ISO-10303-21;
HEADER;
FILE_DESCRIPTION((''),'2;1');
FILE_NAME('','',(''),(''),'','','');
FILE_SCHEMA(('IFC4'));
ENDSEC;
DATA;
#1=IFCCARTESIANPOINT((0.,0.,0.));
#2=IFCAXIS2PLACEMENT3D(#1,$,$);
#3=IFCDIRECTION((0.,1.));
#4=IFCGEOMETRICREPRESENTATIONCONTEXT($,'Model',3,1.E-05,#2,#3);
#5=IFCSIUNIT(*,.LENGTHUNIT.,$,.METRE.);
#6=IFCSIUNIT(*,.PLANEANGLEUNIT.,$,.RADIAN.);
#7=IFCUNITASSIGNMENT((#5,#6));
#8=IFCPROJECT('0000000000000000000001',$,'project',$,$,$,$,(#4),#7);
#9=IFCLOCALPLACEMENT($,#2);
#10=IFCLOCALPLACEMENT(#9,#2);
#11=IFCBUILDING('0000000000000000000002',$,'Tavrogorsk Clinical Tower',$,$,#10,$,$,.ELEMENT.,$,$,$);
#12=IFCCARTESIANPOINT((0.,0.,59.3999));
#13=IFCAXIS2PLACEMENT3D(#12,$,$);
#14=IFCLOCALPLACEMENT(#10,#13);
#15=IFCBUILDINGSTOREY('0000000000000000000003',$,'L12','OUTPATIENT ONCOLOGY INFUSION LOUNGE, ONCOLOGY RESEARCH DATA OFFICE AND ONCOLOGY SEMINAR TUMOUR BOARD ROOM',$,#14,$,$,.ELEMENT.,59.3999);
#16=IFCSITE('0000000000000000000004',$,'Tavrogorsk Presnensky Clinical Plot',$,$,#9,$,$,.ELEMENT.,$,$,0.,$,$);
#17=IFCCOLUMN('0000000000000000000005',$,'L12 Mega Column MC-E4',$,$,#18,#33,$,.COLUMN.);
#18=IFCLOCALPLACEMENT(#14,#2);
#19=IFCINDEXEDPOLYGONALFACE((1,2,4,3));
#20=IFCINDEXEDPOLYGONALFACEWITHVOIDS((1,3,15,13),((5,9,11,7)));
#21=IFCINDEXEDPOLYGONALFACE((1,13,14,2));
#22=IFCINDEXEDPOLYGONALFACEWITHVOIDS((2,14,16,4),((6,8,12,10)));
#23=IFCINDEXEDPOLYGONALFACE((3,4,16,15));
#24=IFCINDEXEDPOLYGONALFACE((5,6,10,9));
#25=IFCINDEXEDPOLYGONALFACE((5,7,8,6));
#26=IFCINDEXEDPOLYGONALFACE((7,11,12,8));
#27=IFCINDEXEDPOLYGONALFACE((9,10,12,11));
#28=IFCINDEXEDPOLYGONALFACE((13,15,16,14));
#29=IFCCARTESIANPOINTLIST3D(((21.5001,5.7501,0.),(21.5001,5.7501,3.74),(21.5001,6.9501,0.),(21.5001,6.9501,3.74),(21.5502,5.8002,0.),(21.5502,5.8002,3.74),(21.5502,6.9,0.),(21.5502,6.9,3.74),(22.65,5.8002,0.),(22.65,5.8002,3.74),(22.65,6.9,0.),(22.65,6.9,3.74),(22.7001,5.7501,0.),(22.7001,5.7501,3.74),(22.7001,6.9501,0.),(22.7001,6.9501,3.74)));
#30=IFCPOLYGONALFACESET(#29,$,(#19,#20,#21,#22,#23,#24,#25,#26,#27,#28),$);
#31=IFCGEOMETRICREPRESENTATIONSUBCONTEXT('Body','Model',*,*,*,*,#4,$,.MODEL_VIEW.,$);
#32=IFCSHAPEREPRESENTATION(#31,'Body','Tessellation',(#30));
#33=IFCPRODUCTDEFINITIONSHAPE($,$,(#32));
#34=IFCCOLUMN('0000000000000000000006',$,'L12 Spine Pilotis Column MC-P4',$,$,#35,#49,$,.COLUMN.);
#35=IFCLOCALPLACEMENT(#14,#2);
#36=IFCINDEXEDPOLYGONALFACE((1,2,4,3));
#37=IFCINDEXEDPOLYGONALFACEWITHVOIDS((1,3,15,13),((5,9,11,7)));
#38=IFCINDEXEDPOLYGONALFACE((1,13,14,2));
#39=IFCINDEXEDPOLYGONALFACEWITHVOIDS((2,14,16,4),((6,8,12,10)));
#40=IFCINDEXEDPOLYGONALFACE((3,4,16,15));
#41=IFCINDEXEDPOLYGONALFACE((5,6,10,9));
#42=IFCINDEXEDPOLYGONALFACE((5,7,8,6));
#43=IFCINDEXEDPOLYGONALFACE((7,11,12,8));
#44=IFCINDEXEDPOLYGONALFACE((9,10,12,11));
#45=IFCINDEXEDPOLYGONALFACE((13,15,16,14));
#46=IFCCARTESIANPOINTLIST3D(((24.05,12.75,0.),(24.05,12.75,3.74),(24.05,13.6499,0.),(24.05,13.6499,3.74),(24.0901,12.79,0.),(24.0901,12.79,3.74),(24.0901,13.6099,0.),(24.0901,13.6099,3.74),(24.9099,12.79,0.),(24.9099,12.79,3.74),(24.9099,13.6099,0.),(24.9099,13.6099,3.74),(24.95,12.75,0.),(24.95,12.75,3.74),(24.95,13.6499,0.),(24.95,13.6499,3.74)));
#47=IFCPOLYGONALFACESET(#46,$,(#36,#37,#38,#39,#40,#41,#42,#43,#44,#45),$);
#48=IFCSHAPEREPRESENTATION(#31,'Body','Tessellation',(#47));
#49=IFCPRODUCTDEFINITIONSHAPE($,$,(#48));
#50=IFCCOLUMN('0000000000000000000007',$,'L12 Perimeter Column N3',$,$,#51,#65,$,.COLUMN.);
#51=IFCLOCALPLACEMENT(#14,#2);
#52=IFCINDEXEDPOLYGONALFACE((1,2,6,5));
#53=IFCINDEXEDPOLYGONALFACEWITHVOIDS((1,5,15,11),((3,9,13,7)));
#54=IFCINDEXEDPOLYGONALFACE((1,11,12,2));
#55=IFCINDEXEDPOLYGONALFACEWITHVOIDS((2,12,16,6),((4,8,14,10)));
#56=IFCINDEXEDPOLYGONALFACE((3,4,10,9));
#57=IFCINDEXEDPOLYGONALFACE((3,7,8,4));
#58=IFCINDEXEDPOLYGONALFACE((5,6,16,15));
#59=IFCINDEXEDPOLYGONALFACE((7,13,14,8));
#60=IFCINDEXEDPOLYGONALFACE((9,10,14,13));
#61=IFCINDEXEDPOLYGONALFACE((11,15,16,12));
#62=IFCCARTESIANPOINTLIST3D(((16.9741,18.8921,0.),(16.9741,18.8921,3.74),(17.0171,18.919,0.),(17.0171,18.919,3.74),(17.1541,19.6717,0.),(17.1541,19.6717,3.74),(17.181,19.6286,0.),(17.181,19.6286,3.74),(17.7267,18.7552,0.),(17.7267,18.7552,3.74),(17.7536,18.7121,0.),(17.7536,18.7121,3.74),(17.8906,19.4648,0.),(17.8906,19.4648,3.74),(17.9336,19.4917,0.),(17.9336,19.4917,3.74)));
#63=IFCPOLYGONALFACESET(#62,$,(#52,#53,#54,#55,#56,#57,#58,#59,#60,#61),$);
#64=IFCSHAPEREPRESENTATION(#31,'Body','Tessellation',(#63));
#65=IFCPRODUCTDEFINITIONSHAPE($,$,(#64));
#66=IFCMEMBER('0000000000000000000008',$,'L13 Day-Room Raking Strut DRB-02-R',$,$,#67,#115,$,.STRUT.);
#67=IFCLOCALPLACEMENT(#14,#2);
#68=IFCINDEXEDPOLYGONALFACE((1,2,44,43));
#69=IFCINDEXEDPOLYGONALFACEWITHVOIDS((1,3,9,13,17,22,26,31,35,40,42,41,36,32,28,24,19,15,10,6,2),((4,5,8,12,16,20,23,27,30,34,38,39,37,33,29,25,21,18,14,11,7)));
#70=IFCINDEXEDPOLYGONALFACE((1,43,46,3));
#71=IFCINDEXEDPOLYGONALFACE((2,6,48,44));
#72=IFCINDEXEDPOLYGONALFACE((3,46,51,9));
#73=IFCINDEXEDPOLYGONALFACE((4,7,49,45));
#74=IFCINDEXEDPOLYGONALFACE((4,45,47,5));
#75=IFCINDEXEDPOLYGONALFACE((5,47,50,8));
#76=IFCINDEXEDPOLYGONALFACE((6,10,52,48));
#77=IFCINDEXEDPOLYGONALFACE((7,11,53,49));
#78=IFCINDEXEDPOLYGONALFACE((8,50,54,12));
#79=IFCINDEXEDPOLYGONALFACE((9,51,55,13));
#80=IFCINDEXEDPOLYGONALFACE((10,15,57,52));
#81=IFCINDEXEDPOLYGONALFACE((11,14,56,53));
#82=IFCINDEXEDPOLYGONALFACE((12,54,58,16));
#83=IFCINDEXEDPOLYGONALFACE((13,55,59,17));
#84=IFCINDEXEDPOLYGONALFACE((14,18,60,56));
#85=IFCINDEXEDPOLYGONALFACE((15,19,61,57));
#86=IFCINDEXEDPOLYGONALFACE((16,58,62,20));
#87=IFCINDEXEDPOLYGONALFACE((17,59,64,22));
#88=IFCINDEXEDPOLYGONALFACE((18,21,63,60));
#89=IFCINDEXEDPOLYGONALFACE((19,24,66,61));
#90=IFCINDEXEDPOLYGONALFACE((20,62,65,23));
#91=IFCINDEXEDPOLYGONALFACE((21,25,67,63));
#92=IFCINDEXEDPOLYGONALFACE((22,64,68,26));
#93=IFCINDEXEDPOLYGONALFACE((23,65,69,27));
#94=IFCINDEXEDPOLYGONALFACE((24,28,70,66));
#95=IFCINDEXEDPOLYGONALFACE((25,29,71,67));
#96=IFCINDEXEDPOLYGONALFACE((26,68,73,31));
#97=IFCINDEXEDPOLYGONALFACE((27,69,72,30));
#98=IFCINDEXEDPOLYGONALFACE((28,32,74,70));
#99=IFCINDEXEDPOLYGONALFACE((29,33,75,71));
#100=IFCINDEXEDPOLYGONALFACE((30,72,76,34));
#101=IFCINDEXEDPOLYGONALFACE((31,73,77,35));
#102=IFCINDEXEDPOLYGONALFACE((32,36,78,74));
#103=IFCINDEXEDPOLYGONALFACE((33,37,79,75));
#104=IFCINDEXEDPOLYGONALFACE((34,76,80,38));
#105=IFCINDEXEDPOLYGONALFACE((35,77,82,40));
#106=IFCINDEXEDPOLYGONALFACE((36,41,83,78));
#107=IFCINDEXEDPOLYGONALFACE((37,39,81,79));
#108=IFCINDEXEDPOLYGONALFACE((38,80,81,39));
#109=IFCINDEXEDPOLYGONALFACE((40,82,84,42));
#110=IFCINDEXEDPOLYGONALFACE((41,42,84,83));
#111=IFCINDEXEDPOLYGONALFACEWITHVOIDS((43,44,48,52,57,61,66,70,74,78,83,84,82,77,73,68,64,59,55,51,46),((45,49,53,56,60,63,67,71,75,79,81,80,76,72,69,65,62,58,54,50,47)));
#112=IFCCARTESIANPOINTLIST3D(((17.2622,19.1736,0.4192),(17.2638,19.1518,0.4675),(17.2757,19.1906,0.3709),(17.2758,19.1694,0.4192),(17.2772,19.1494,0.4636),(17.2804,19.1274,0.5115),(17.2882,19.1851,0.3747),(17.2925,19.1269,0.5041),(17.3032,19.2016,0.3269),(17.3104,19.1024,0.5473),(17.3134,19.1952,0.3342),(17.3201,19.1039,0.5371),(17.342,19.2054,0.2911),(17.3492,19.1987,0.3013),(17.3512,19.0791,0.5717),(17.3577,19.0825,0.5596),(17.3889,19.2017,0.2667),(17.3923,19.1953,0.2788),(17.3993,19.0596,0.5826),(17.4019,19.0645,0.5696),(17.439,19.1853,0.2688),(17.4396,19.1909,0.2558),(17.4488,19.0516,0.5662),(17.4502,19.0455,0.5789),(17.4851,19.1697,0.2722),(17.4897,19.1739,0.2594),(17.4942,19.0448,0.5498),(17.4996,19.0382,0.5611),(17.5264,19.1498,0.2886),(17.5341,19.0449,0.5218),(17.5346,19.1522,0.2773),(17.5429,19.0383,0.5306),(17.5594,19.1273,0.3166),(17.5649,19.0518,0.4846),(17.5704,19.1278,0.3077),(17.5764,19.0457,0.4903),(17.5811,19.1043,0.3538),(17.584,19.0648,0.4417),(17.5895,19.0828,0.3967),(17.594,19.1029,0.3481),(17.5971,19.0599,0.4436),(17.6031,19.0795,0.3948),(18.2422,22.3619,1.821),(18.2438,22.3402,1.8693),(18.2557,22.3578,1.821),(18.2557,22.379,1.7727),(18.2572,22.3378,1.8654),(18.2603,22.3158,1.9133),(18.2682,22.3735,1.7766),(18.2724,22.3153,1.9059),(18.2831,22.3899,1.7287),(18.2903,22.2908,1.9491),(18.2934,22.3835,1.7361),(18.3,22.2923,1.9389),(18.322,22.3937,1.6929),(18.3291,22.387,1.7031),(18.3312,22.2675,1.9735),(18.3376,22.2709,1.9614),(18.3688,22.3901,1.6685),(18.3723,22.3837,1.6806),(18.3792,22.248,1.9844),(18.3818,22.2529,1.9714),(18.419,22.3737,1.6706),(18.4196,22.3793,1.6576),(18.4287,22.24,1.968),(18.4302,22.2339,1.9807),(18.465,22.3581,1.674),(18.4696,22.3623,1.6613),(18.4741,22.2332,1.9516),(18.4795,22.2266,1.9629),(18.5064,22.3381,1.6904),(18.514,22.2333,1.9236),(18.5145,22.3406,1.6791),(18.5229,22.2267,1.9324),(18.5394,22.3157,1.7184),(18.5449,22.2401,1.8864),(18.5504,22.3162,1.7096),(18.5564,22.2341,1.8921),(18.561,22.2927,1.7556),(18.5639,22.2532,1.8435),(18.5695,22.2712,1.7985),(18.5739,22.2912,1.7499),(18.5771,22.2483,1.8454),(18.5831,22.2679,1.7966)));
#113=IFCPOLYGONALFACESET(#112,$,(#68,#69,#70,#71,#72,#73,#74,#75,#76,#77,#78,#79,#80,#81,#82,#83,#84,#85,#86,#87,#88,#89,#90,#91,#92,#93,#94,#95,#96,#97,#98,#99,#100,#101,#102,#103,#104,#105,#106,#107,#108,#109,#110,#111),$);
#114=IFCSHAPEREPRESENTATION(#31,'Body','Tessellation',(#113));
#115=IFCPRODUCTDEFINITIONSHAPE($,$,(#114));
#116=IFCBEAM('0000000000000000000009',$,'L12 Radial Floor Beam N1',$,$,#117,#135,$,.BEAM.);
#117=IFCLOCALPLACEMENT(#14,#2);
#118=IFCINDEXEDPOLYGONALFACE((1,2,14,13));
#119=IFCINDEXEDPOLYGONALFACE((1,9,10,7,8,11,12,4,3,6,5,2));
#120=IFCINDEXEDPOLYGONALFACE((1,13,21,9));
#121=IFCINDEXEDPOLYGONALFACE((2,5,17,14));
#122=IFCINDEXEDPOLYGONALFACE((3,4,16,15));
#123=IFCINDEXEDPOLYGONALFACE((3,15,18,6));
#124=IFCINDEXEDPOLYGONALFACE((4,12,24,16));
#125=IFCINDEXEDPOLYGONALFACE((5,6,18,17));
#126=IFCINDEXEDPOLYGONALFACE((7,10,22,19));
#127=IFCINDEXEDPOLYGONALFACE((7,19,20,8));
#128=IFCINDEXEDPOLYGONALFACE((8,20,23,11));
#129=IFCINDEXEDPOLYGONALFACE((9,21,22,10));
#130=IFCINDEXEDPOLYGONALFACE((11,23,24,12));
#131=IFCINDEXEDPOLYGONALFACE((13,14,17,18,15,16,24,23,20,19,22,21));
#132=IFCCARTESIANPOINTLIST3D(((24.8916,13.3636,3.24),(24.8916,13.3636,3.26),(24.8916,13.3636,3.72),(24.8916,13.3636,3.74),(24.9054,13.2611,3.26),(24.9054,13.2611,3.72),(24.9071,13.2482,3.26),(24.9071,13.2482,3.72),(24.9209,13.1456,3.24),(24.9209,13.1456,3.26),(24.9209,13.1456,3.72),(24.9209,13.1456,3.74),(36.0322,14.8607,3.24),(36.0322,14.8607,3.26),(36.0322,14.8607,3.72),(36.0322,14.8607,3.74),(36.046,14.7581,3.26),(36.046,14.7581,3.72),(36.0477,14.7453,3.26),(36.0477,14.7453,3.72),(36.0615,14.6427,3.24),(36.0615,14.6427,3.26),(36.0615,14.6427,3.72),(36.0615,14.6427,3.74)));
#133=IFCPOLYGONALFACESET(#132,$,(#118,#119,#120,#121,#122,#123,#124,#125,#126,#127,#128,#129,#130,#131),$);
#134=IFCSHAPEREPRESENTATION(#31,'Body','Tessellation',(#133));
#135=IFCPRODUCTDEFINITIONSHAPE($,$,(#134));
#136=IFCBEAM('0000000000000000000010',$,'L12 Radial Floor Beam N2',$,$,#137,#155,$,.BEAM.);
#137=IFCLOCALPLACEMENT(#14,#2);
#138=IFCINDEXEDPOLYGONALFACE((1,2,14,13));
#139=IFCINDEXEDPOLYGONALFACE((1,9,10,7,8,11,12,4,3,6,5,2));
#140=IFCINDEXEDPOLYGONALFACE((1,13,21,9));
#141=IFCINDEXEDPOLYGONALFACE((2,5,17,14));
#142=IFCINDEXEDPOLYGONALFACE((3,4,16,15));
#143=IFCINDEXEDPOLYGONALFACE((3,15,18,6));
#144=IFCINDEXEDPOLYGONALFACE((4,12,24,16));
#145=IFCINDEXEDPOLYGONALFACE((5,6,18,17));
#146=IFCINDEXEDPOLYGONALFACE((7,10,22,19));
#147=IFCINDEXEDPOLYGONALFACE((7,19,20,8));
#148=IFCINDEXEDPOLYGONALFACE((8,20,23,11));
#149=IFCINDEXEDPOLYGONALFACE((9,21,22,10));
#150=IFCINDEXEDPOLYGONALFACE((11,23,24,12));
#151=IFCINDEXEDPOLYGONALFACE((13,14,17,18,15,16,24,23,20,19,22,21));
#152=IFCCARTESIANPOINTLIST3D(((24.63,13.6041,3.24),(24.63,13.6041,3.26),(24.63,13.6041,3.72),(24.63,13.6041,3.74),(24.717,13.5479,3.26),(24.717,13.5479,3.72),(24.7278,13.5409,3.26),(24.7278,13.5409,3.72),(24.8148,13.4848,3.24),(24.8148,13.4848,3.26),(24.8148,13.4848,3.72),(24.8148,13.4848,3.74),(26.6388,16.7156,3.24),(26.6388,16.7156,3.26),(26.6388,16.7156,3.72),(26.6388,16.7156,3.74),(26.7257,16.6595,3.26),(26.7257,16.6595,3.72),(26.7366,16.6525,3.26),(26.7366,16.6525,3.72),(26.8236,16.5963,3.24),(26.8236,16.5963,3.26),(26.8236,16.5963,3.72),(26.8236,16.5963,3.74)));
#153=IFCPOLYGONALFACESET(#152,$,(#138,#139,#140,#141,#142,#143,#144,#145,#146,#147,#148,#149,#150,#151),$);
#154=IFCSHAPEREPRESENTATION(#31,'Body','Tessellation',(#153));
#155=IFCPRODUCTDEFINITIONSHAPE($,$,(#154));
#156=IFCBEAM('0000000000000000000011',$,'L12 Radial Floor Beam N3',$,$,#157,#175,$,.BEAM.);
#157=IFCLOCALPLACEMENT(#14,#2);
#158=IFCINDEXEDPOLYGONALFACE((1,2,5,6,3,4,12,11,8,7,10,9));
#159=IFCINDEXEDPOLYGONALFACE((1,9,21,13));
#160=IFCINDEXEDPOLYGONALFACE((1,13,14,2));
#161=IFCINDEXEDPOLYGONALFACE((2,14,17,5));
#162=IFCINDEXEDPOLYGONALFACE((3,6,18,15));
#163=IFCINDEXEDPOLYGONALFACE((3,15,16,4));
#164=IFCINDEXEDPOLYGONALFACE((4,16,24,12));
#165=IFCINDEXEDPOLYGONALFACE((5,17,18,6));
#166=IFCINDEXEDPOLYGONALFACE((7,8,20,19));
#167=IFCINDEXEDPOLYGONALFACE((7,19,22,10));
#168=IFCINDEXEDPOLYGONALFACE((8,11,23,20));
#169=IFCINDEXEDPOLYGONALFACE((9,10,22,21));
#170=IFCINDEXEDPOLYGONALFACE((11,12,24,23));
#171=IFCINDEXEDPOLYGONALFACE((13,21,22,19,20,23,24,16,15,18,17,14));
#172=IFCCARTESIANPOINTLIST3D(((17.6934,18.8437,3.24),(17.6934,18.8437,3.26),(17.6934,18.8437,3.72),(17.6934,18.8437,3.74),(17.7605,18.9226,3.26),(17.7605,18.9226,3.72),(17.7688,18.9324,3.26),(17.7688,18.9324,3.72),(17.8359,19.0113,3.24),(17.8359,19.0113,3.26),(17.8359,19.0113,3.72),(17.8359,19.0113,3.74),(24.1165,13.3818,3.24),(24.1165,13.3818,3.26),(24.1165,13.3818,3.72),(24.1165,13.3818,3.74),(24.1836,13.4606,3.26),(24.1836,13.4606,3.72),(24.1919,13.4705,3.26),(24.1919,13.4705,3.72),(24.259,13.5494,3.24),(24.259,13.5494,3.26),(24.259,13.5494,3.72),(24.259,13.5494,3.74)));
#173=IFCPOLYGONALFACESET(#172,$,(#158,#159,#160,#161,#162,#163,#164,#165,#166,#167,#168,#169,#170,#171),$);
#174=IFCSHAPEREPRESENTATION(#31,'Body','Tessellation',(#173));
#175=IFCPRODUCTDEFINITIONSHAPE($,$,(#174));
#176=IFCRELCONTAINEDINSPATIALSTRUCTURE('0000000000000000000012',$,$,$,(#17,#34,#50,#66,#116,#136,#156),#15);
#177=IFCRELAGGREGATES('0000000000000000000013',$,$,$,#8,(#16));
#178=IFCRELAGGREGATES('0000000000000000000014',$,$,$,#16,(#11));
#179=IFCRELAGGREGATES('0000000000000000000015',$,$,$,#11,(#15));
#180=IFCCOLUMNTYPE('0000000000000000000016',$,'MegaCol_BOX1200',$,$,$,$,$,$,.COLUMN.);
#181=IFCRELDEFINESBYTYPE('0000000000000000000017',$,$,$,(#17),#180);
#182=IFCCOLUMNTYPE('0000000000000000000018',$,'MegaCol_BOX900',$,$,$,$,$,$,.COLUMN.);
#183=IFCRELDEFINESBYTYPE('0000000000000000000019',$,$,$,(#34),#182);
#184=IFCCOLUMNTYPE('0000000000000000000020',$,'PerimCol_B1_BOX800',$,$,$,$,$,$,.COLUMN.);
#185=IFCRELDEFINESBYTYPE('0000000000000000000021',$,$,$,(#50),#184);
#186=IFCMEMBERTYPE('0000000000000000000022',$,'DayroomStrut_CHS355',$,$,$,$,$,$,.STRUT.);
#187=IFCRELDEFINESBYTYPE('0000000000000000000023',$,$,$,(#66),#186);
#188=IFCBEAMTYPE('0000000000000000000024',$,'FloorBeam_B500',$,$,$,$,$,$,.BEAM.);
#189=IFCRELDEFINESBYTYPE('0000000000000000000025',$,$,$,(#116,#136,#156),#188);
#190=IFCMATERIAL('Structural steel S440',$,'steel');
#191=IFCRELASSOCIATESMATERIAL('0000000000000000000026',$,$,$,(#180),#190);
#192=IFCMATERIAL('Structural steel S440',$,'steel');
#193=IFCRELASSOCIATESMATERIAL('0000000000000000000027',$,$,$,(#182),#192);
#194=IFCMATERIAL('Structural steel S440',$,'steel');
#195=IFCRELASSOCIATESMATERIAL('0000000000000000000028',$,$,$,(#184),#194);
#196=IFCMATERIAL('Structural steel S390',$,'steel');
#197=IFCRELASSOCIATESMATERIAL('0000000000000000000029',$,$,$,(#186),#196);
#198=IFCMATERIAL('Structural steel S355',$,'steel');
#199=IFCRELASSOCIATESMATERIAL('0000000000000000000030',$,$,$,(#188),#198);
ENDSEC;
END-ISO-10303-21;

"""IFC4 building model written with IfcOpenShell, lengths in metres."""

from ifc_helpers import new_model, si_unit, direction, frame, origin, origin_2d, place, context, subcontext, project, spatial, hollow_rectangle, hollow_circle, i_section, extrude, material, material_profile, profile_set, type_object, element, save


model = new_model("IFC4")

# Units and contexts
model_context = context("Model", 3, precision=1e-05, world=origin(), true_north=direction((0.0, 1.0)))
body_context = subcontext(model_context, "Body", "Model", "MODEL_VIEW")
ifc_project = project(units=[si_unit("LENGTHUNIT", "METRE"), si_unit("PLANEANGLEUNIT", "RADIAN")], contexts=[model_context])

# Site, building, storey
site_placement = place(None, origin())
site = spatial("IfcSite", under=ifc_project, at=site_placement, Name="Tavrogorsk Presnensky Clinical Plot", CompositionType="ELEMENT", RefElevation=0.0)
building_placement = place(site_placement, origin())
building = spatial("IfcBuilding", under=site, at=building_placement, Name="Tavrogorsk Clinical Tower", CompositionType="ELEMENT")
storey_placement = place(building_placement, frame((0.0, 0.0, 59.3999)))
storey = spatial("IfcBuildingStorey", under=building, at=storey_placement, Name="L12", Description="OUTPATIENT ONCOLOGY INFUSION LOUNGE, ONCOLOGY RESEARCH DATA OFFICE AND ONCOLOGY SEMINAR TUMOUR BOARD ROOM", CompositionType="ELEMENT", Elevation=59.3999)

# Columns
ifc_material_1 = material(Name="Structural steel S440", Category="steel")
ifc_material_profile_1 = material_profile(ifc_material_1, hollow_rectangle(XDim=1.2, YDim=1.2, WallThickness=0.05, at=origin_2d()), Name="BOX-1200x1200x50")
ifc_profile_set_1 = profile_set([ifc_material_profile_1], Name="Structural steel S440")
column_type_1 = type_object("IfcColumnType", Name="MegaCol_BOX1200", PredefinedType="COLUMN", material=ifc_profile_set_1)
column_1_placement = place(storey_placement, frame((22.1001, 6.3501, 0.0), z_axis=(0.0, 0.0, 1.0), x_axis=(1.0, 0.0, 0.0)))
element("IfcColumn", 1, at=column_1_placement, inside=storey, type_object=column_type_1, Name="L12 Mega Column MC-E4", PredefinedType="COLUMN", context=body_context, shape_type="SweptSolid", body=[
    extrude(hollow_rectangle(XDim=1.2, YDim=1.2, WallThickness=0.05, at=origin_2d()), origin(), (0.0, 0.0, 1.0), 3.74),
])
ifc_material_2 = material(Name="Structural steel S440", Category="steel")
ifc_material_profile_2 = material_profile(ifc_material_2, hollow_rectangle(XDim=0.8999, YDim=0.8999, WallThickness=0.04, at=origin_2d()), Name="BOX-900x900x40")
ifc_profile_set_2 = profile_set([ifc_material_profile_2], Name="Structural steel S440")
column_type_2 = type_object("IfcColumnType", Name="MegaCol_BOX900", PredefinedType="COLUMN", material=ifc_profile_set_2)
column_2_placement = place(storey_placement, frame((24.5, 13.2, 0.0), z_axis=(0.0, 0.0, 1.0), x_axis=(1.0, 0.0, 0.0)))
element("IfcColumn", 2, at=column_2_placement, inside=storey, type_object=column_type_2, Name="L12 Spine Pilotis Column MC-P4", PredefinedType="COLUMN", context=body_context, shape_type="SweptSolid", body=[
    extrude(hollow_rectangle(XDim=0.8999, YDim=0.8999, WallThickness=0.04, at=origin_2d()), origin(), (0.0, 0.0, 1.0), 3.74),
])
ifc_material_3 = material(Name="Structural steel S440", Category="steel")
ifc_material_profile_3 = material_profile(ifc_material_3, hollow_rectangle(XDim=0.8, YDim=0.8, WallThickness=0.0359, at=origin_2d()), Name="BOX-800x800x36")
ifc_profile_set_3 = profile_set([ifc_material_profile_3], Name="Structural steel S440")
column_type_3 = type_object("IfcColumnType", Name="PerimCol_B1_BOX800", PredefinedType="COLUMN", material=ifc_profile_set_3)
column_3_placement = place(storey_placement, frame((17.4539, 19.1919, 0.0), z_axis=(0.0, 0.0, 1.0), x_axis=(0.97437, -0.224951, 0.0)))
element("IfcColumn", 3, at=column_3_placement, inside=storey, type_object=column_type_3, Name="L12 Perimeter Column N3", PredefinedType="COLUMN", context=body_context, shape_type="SweptSolid", body=[
    extrude(hollow_rectangle(XDim=0.8, YDim=0.8, WallThickness=0.0359, at=origin_2d()), origin(), (0.0, 0.0, 1.0), 3.74),
])

# Member
ifc_material_4 = material(Name="Structural steel S390", Category="steel")
ifc_material_profile_4 = material_profile(ifc_material_4, hollow_circle(Radius=0.1777, WallThickness=0.0142, at=origin_2d()), Name="CHS-355.6x14.2")
ifc_profile_set_4 = profile_set([ifc_material_profile_4], Name="Structural steel S390")
member_type = type_object("IfcMemberType", Name="DayroomStrut_CHS355", PredefinedType="STRUT", material=ifc_profile_set_4)
member_placement = place(storey_placement, frame((17.4321, 19.1213, 0.4192), z_axis=(0.270842, 0.881214, 0.387437), x_axis=(-0.955871, 0.293788, 0.0)))
element("IfcMember", 4, at=member_placement, inside=storey, type_object=member_type, Name="L13 Day-Room Raking Strut DRB-02-R", PredefinedType="STRUT", context=body_context, shape_type="SweptSolid", body=[
    extrude(hollow_circle(Radius=0.1777, WallThickness=0.0142, at=origin_2d()), origin(), (0.0, 0.0, 1.0), 3.6182),
])

# Beams
ifc_material_5 = material(Name="Structural steel S355", Category="steel")
ifc_material_profile_5 = material_profile(ifc_material_5, i_section(OverallWidth=0.22, OverallDepth=0.5, WebThickness=0.0129, FlangeThickness=0.02, at=origin_2d()), Name="B-500x220x13x20")
ifc_profile_set_5 = profile_set([ifc_material_profile_5], Name="Structural steel S355")
beam_type_1 = type_object("IfcBeamType", Name="FloorBeam_B500", PredefinedType="BEAM", material=ifc_profile_set_5)
beam_1_placement = place(storey_placement, frame((24.9062, 13.2546, 3.49), z_axis=(0.991092, 0.133182, 0.0), x_axis=(-0.133182, 0.991092, 0.0)))
element("IfcBeam", 5, at=beam_1_placement, inside=storey, type_object=beam_type_1, Name="L12 Radial Floor Beam N1", PredefinedType="BEAM", context=body_context, shape_type="SweptSolid", body=[
    extrude(i_section(OverallWidth=0.22, OverallDepth=0.5, WebThickness=0.0129, FlangeThickness=0.02, at=origin_2d()), origin(), (0.0, 0.0, 1.0), 11.2407),
])
beam_2_placement = place(storey_placement, frame((24.7224, 13.5444, 3.49), z_axis=(0.542379, 0.840134, 0.0), x_axis=(-0.840134, 0.542379, 0.0)))
element("IfcBeam", 6, at=beam_2_placement, inside=storey, type_object=beam_type_1, Name="L12 Radial Floor Beam N2", PredefinedType="BEAM", context=body_context, shape_type="SweptSolid", body=[
    extrude(i_section(OverallWidth=0.22, OverallDepth=0.5, WebThickness=0.0129, FlangeThickness=0.02, at=origin_2d()), origin(), (0.0, 0.0, 1.0), 3.7036),
])
beam_3_placement = place(storey_placement, frame((24.1877, 13.4656, 3.49), z_axis=(-0.761806, 0.647806, 0.0), x_axis=(-0.647806, -0.761806, 0.0)))
element("IfcBeam", 7, at=beam_3_placement, inside=storey, type_object=beam_type_1, Name="L12 Radial Floor Beam N3", PredefinedType="BEAM", context=body_context, shape_type="SweptSolid", body=[
    extrude(i_section(OverallWidth=0.22, OverallDepth=0.5, WebThickness=0.0129, FlangeThickness=0.02, at=origin_2d()), origin(), (0.0, 0.0, 1.0), 8.4314),
])

save(model, "model.ifc")
